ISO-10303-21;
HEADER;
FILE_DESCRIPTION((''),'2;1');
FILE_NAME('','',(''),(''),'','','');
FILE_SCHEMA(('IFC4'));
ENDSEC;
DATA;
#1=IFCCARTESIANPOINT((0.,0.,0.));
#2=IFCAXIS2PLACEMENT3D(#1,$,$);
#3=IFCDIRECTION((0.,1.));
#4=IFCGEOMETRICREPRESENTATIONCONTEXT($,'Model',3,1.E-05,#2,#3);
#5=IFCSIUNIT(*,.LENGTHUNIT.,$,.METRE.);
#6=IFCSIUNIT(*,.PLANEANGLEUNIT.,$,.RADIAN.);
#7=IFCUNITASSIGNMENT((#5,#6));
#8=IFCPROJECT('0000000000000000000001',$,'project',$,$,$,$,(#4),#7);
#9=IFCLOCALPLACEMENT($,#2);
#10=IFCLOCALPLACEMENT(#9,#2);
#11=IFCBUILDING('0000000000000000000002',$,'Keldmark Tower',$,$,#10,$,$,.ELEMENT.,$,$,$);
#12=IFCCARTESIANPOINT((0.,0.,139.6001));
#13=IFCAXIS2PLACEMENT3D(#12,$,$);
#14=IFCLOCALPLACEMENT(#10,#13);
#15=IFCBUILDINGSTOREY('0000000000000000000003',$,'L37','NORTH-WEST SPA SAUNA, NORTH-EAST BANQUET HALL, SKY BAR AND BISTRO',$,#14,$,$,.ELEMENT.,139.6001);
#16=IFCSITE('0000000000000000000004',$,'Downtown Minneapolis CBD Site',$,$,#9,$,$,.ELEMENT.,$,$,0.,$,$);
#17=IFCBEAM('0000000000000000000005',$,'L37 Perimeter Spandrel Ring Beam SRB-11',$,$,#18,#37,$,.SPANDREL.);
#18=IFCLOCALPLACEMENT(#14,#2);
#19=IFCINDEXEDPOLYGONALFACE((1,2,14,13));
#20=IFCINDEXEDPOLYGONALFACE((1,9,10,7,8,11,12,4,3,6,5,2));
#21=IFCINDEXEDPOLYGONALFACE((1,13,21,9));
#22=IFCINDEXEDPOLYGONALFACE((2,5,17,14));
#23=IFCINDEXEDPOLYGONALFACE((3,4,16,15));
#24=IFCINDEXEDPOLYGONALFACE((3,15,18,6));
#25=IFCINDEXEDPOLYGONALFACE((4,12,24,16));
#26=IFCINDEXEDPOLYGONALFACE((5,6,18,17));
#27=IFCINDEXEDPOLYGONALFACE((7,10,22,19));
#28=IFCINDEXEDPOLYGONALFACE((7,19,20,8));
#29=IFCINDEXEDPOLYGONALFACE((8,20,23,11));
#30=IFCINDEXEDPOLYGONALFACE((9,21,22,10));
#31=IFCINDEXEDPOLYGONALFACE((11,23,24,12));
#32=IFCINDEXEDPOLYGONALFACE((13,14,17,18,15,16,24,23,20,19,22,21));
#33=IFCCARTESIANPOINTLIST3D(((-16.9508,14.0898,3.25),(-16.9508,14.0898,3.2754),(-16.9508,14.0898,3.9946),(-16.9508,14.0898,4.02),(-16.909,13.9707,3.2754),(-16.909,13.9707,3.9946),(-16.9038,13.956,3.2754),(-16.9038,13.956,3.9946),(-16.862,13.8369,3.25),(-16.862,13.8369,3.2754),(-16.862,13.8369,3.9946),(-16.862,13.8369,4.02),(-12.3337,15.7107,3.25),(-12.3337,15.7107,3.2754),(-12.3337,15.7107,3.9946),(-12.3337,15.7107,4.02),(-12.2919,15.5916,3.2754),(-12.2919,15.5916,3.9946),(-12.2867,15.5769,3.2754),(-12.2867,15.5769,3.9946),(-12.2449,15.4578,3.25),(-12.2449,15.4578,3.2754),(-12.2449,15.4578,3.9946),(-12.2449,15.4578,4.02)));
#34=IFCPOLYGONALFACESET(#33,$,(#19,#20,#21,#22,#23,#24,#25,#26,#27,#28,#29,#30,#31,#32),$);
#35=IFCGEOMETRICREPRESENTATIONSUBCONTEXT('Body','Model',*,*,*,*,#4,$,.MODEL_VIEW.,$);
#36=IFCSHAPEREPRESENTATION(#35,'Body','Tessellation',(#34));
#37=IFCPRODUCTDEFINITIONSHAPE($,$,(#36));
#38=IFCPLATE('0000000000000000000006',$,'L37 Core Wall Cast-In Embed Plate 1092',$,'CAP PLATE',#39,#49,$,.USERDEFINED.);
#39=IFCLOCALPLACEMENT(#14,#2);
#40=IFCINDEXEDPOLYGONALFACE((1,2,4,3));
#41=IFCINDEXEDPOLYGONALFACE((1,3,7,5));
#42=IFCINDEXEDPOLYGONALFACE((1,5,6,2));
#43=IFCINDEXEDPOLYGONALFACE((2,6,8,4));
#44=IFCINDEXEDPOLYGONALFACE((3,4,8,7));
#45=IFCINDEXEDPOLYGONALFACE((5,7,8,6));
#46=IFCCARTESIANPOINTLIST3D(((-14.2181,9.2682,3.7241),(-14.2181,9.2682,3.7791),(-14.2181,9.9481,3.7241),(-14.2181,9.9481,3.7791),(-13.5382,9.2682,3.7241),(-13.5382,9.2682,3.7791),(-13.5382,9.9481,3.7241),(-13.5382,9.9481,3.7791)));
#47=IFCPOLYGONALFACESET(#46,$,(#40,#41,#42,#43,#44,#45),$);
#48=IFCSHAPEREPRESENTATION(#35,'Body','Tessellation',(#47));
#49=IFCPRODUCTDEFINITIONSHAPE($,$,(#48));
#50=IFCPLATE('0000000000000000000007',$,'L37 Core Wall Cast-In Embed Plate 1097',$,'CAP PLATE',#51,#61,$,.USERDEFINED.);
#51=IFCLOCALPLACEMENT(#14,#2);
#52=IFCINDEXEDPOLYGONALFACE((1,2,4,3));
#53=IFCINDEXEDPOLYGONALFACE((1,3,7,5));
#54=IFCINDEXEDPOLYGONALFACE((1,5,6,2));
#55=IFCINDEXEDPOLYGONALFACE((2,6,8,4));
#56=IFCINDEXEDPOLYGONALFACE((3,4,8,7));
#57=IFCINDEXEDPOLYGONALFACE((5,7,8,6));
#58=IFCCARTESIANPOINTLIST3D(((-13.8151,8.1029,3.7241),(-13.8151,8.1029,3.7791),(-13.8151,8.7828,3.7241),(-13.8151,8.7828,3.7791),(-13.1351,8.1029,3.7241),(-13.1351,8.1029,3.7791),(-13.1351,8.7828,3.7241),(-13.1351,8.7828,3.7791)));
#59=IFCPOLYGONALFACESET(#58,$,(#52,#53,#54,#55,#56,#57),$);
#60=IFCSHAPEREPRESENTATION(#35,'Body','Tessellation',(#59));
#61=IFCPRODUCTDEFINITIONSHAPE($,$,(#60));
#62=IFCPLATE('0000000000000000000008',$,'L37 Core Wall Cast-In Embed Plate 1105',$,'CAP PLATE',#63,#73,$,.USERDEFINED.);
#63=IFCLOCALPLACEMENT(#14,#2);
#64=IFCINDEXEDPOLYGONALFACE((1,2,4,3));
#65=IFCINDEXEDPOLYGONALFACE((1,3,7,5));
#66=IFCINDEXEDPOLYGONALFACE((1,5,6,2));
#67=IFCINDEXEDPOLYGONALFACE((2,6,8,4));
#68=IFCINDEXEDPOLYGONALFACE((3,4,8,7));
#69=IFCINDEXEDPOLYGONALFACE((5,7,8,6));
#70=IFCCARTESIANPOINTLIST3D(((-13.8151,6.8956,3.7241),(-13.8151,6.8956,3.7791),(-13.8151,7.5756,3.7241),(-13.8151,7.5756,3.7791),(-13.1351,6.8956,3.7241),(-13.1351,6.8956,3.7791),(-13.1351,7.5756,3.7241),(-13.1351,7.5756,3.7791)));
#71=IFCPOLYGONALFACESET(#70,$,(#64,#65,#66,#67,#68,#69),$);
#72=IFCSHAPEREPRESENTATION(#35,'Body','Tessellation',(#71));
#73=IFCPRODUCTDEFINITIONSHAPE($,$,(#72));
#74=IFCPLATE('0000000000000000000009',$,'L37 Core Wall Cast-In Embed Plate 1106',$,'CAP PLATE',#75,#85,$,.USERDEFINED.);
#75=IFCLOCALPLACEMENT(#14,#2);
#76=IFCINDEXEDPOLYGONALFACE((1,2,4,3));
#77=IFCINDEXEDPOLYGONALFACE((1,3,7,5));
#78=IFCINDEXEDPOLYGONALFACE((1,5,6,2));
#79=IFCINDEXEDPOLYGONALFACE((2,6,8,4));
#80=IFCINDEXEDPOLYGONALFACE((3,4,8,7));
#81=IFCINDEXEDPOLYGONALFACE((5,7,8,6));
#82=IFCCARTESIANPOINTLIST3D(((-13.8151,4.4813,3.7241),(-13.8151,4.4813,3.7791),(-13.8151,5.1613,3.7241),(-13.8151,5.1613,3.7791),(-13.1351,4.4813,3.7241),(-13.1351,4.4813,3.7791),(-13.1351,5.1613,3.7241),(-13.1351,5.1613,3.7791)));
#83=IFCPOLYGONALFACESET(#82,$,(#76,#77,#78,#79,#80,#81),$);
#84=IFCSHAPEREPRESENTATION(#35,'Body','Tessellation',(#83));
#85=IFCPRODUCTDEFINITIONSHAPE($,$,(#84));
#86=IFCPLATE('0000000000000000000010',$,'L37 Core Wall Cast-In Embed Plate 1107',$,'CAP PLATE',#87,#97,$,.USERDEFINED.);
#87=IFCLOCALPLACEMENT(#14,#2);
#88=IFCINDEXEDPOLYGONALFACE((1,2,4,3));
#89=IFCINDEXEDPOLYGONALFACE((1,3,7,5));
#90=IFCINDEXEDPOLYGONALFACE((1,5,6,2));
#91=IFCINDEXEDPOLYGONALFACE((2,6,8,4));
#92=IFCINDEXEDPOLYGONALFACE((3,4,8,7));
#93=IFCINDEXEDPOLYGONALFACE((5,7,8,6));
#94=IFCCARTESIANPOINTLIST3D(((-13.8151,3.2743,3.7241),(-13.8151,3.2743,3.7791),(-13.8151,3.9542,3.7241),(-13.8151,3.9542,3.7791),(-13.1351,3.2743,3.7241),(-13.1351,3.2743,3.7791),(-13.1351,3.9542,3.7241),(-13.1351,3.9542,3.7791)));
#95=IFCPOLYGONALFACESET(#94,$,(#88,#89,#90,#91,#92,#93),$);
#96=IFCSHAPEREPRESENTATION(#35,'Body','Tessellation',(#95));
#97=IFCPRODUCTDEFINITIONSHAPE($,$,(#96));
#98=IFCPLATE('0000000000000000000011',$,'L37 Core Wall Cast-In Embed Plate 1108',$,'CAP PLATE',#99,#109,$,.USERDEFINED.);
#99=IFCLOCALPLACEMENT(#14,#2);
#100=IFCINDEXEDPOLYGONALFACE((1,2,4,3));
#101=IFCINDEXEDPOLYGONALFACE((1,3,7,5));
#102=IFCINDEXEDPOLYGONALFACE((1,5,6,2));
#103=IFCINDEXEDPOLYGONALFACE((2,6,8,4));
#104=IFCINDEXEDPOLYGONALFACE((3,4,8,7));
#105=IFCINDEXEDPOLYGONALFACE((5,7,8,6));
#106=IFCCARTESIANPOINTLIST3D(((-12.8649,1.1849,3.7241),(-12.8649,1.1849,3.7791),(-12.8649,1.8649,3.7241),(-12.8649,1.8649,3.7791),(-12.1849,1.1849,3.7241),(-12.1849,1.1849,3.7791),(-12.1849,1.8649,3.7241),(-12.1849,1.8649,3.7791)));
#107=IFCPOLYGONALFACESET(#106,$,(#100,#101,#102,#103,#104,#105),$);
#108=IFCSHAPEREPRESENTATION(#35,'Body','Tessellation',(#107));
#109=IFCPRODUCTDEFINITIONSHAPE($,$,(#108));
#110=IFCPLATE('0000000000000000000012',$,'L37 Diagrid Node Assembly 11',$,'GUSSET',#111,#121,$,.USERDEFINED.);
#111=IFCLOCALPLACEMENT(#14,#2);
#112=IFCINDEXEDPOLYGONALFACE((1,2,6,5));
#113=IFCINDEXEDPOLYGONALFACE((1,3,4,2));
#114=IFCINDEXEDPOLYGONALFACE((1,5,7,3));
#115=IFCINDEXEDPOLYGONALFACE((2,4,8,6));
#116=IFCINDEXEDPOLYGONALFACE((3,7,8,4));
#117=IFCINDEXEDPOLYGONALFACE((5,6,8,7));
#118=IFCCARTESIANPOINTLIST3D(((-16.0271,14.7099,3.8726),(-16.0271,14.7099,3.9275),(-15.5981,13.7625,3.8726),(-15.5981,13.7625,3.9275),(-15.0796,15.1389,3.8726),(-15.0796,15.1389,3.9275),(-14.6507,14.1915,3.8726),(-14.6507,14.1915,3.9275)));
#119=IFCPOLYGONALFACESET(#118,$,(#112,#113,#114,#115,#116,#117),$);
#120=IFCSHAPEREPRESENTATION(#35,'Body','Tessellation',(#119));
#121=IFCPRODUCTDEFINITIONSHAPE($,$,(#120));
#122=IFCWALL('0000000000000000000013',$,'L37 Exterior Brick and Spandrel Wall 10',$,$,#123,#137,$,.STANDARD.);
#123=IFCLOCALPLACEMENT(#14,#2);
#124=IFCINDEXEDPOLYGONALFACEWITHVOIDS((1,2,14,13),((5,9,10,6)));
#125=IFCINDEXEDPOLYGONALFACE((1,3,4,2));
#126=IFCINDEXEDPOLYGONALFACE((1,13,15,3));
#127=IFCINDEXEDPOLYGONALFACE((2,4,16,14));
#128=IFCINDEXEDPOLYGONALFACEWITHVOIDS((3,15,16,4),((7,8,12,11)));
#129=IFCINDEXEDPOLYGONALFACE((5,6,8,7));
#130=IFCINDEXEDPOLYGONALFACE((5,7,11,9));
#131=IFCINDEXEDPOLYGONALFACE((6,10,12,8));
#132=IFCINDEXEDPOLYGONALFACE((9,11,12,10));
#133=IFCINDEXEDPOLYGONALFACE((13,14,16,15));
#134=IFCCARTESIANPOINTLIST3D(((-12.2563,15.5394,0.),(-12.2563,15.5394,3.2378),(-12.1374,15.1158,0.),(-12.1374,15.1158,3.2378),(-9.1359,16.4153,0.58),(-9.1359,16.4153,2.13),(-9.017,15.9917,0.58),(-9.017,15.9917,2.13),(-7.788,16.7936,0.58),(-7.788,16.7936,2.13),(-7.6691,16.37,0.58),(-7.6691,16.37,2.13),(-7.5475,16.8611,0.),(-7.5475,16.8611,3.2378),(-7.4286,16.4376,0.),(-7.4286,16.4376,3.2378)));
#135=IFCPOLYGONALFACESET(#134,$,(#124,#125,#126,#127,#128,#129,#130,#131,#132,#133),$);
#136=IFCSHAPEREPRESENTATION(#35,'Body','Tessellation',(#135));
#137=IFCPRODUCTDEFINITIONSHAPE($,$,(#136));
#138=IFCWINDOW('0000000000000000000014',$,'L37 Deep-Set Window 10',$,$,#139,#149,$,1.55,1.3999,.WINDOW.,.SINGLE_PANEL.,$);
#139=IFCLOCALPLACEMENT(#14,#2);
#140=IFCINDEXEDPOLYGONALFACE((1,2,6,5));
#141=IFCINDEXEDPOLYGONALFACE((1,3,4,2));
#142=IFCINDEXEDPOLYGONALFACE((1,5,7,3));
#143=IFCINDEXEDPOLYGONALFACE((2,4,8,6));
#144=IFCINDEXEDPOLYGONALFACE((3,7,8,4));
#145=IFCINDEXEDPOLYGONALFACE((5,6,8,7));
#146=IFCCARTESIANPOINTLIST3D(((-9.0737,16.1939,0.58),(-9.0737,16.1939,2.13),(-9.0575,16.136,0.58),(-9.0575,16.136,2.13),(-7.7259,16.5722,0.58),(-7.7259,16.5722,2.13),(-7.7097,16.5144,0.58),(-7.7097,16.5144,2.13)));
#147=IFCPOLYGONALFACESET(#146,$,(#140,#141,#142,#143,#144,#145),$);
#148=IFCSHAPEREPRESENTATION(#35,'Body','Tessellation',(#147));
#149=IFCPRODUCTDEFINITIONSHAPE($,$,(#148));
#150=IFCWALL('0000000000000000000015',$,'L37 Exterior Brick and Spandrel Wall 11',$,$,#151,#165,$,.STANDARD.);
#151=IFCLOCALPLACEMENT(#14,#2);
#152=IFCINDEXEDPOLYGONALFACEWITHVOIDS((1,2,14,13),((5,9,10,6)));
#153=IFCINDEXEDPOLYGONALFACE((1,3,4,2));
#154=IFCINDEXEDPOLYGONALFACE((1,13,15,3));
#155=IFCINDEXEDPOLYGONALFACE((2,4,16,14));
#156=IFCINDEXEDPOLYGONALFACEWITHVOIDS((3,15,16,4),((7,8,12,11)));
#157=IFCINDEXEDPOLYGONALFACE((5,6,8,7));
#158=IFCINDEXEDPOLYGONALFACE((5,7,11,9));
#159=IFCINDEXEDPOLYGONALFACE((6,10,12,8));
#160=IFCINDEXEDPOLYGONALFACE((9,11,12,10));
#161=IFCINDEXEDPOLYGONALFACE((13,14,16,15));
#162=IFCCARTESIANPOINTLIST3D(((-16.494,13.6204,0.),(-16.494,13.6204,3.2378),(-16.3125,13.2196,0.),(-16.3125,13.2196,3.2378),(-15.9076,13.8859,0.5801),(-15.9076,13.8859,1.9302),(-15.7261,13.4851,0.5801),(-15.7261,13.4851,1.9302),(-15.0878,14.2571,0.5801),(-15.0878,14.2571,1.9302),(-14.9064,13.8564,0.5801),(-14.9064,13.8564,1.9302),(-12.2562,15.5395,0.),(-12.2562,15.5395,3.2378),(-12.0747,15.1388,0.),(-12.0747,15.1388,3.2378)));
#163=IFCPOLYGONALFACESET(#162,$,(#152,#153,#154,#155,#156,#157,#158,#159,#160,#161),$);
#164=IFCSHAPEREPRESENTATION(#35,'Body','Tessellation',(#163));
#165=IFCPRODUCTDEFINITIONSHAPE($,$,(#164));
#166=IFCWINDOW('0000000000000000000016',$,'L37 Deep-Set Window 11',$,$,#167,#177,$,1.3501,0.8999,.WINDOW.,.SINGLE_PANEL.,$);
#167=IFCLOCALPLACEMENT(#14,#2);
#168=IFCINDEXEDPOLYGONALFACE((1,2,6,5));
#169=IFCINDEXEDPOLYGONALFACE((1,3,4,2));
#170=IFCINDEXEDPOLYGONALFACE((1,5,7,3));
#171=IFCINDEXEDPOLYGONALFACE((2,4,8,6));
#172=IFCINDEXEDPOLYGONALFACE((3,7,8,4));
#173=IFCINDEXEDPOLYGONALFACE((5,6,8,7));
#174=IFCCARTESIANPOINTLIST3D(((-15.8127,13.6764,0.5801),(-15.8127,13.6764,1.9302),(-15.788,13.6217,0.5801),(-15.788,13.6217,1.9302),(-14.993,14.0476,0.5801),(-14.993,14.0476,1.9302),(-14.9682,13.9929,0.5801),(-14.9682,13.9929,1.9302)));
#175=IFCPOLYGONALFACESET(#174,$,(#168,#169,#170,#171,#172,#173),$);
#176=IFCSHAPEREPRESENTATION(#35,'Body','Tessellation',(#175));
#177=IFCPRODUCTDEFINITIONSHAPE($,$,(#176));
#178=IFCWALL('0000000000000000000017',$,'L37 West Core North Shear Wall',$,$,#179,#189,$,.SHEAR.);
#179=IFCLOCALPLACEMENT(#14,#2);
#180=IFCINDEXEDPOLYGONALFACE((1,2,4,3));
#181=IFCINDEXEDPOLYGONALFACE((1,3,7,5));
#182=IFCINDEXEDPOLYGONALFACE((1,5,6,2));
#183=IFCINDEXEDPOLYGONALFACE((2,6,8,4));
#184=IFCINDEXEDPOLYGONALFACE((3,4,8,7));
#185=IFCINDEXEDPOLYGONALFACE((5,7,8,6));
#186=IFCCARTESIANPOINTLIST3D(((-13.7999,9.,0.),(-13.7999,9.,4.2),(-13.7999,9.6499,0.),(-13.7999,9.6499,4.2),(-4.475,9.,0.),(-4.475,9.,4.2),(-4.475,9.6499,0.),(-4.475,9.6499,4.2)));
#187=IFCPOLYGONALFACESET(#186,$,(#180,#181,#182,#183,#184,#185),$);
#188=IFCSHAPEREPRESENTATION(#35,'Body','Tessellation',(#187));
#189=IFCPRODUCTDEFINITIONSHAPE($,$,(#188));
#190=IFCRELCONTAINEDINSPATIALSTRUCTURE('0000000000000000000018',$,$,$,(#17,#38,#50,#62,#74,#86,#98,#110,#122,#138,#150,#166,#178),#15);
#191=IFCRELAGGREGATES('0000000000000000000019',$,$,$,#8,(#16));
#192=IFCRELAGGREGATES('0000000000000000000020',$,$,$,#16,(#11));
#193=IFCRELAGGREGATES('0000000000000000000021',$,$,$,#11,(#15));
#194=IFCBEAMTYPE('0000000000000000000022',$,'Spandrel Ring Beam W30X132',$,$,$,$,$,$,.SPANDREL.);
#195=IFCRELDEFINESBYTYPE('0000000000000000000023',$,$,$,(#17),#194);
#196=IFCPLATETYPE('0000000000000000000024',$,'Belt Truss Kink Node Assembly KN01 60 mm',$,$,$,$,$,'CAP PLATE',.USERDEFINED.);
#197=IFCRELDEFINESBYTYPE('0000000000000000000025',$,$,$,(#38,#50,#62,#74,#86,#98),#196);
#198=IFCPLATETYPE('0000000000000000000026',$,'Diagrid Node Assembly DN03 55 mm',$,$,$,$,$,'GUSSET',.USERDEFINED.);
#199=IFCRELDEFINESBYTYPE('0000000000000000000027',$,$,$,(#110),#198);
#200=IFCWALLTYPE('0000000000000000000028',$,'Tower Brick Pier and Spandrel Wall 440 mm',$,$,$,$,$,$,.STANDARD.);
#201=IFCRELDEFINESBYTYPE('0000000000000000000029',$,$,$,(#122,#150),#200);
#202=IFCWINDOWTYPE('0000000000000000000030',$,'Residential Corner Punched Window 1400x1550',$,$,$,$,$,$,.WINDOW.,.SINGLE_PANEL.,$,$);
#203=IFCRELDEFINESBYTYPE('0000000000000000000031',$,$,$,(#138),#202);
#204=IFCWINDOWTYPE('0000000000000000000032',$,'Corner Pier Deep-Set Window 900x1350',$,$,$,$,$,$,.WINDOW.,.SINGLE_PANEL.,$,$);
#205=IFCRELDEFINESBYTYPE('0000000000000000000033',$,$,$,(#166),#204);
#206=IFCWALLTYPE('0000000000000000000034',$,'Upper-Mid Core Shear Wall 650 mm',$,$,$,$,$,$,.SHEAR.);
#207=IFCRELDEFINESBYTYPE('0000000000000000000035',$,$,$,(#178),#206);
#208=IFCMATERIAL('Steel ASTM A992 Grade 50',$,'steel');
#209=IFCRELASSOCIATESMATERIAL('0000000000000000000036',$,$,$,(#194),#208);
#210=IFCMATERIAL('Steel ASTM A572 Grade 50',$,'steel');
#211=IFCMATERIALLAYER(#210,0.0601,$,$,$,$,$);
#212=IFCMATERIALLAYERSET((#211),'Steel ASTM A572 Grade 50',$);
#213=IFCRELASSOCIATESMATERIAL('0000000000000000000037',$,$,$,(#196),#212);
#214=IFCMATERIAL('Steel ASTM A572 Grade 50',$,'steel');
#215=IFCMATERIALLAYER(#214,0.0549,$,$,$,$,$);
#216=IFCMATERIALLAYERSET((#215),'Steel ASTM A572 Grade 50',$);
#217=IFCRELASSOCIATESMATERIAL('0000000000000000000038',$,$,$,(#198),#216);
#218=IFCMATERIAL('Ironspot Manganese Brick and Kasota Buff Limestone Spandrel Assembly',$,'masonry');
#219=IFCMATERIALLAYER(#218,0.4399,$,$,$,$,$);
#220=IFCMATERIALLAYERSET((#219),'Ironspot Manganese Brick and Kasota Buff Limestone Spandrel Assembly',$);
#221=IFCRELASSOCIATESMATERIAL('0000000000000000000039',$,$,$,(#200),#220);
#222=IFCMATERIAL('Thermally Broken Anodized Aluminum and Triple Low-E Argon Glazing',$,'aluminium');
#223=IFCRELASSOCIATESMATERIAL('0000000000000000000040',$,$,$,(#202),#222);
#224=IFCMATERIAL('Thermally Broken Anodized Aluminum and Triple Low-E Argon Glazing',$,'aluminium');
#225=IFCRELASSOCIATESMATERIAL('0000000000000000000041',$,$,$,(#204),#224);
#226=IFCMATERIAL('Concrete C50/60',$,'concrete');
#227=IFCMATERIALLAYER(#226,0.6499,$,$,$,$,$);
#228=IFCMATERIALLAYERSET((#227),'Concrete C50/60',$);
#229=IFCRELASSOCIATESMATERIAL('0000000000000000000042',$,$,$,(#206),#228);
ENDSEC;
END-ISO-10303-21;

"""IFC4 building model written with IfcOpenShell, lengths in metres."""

from ifc_helpers import new_model, si_unit, direction, frame, frame_2d, origin, origin_2d, place, context, subcontext, project, spatial, rectangle, i_section, extrude, material, layer, layer_set, material_profile, profile_set, type_object, element, fill, save


model = new_model("IFC4")

# Units and contexts
model_context = context("Model", 3, precision=1e-05, world=origin(), true_north=direction((0.0, 1.0)))
body_context = subcontext(model_context, "Body", "Model", "MODEL_VIEW")
ifc_project = project(units=[si_unit("LENGTHUNIT", "METRE"), si_unit("PLANEANGLEUNIT", "RADIAN")], contexts=[model_context])

# Site, building, storey
site_placement = place(None, origin())
site = spatial("IfcSite", under=ifc_project, at=site_placement, Name="Downtown Minneapolis CBD Site", CompositionType="ELEMENT", RefElevation=0.0)
building_placement = place(site_placement, origin())
building = spatial("IfcBuilding", under=site, at=building_placement, Name="Keldmark Tower", CompositionType="ELEMENT")
storey_placement = place(building_placement, frame((0.0, 0.0, 139.6001)))
storey = spatial("IfcBuildingStorey", under=building, at=storey_placement, Name="L37", Description="NORTH-WEST SPA SAUNA, NORTH-EAST BANQUET HALL, SKY BAR AND BISTRO", CompositionType="ELEMENT", Elevation=139.6001)

# Beam
ifc_material_1 = material(Name="Steel ASTM A992 Grade 50", Category="steel")
ifc_material_profile_1 = material_profile(ifc_material_1, i_section(OverallWidth=0.2681, OverallDepth=0.77, WebThickness=0.0156, FlangeThickness=0.0254, at=origin_2d()), Name="W30X132")
ifc_profile_set_1 = profile_set([ifc_material_profile_1], Name="Steel ASTM A992 Grade 50")
beam_type_1 = type_object("IfcBeamType", Name="Spandrel Ring Beam W30X132", PredefinedType="SPANDREL", material=ifc_profile_set_1)
beam_1_placement = place(storey_placement, frame((-12.2893, 15.5842, 3.635), z_axis=(-0.943544, -0.331246, 0.0), x_axis=(0.331246, -0.943544, 0.0)))
element("IfcBeam", 1, at=beam_1_placement, inside=storey, type_object=beam_type_1, Name="L37 Perimeter Spandrel Ring Beam SRB-11", PredefinedType="SPANDREL", context=body_context, shape_type="SweptSolid", body=[
    extrude(i_section(OverallWidth=0.2681, OverallDepth=0.77, WebThickness=0.0156, FlangeThickness=0.0254, at=origin_2d()), origin(), (0.0, 0.0, 1.0), 4.8933),
])

# Plates
ifc_material_2 = material(Name="Steel ASTM A572 Grade 50", Category="steel")
ifc_layer_1 = layer(ifc_material_2, 0.0601)
ifc_layer_set_1 = layer_set([ifc_layer_1], Name="Steel ASTM A572 Grade 50")
plate_type_1 = type_object("IfcPlateType", Name="Belt Truss Kink Node Assembly KN01 60 mm", ElementType="CAP PLATE", PredefinedType="USERDEFINED", material=ifc_layer_set_1)
for number, where, z_axis, x_axis, name in (
    (2, (-13.8782, 9.6082, 3.7241), (0.0, 0.0, 1.0), (1.0, 0.0, 0.0), "L37 Core Wall Cast-In Embed Plate 1092"),
    (3, (-13.4751, 8.4429, 3.7241), (0.0, 0.0, 1.0), (1.0, 0.0, 0.0), "L37 Core Wall Cast-In Embed Plate 1097"),
    (4, (-13.4751, 7.2356, 3.7241), (0.0, 0.0, 1.0), (1.0, 0.0, 0.0), "L37 Core Wall Cast-In Embed Plate 1105"),
    (5, (-13.4751, 4.8213, 3.7241), (0.0, 0.0, 1.0), (1.0, 0.0, 0.0), "L37 Core Wall Cast-In Embed Plate 1106"),
    (6, (-13.4751, 3.6143, 3.7241), (0.0, 0.0, 1.0), (1.0, 0.0, 0.0), "L37 Core Wall Cast-In Embed Plate 1107"),
    (7, (-12.5249, 1.5249, 3.7241), (0.0, 0.0, 1.0), (1.0, 0.0, 0.0), "L37 Core Wall Cast-In Embed Plate 1108"),
):
    element("IfcPlate", number, at=place(storey_placement, frame(where, z_axis=z_axis, x_axis=x_axis)), inside=storey, type_object=plate_type_1, Name=name, ObjectType="CAP PLATE", PredefinedType="USERDEFINED", context=body_context, shape_type="SweptSolid", body=[
        extrude(rectangle(XDim=0.6799, YDim=0.6799, at=origin_2d()), origin(), (0.0, 0.0, 1.0), 0.0549),
    ])
ifc_material_3 = material(Name="Steel ASTM A572 Grade 50", Category="steel")
ifc_layer_2 = layer(ifc_material_3, 0.0549)
ifc_layer_set_2 = layer_set([ifc_layer_2], Name="Steel ASTM A572 Grade 50")
plate_type_2 = type_object("IfcPlateType", Name="Diagrid Node Assembly DN03 55 mm", ElementType="GUSSET", PredefinedType="USERDEFINED", material=ifc_layer_set_2)
plate_placement = place(storey_placement, frame((-15.3389, 14.4507, 3.8726), z_axis=(0.0, 0.0, 1.0), x_axis=(-0.910972, -0.412469, 0.0)))
element("IfcPlate", 8, at=plate_placement, inside=storey, type_object=plate_type_2, Name="L37 Diagrid Node Assembly 11", ObjectType="GUSSET", PredefinedType="USERDEFINED", context=body_context, shape_type="SweptSolid", body=[
    extrude(rectangle(XDim=1.04, YDim=1.04, at=origin_2d()), origin(), (0.0, 0.0, 1.0), 0.0549),
])

# Walls, openings, windows
ifc_material_4 = material(Name="Ironspot Manganese Brick and Kasota Buff Limestone Spandrel Assembly", Category="masonry")
ifc_layer_3 = layer(ifc_material_4, 0.4399)
ifc_layer_set_3 = layer_set([ifc_layer_3], Name="Ironspot Manganese Brick and Kasota Buff Limestone Spandrel Assembly")
wall_type_1 = type_object("IfcWallType", Name="Tower Brick Pier and Spandrel Wall 440 mm", PredefinedType="STANDARD", material=ifc_layer_set_3)
wall_1_placement = place(storey_placement, frame((-12.1968, 15.3276, 0.0), z_axis=(0.0, 0.0, 1.0), x_axis=(0.962791, 0.270248, 0.0)))
wall_1 = element("IfcWall", 9, at=wall_1_placement, inside=storey, type_object=wall_type_1, Name="L37 Exterior Brick and Spandrel Wall 10", PredefinedType="STANDARD", context=body_context, shape_type="SweptSolid", body=[
    extrude(rectangle(XDim=4.8909, YDim=0.4399, at=frame_2d((2.4453, 0.0))), origin(), (0.0, 0.0, 1.0), 3.2378),
])
opening_1_placement = place(wall_1_placement, frame((3.241, 0.0, 0.5801)))
opening_1 = element("IfcOpeningElement", 10, at=opening_1_placement, cuts=wall_1, PredefinedType="OPENING", context=body_context, shape_type="SweptSolid", body=[
    extrude(rectangle(XDim=1.3999, YDim=1.55, at=frame_2d((0.7, 0.7749))), frame((0.0, 0.23, 0.0), z_axis=(0.0, -1.0, 0.0), x_axis=(1.0, 0.0, 0.0)), (0.0, 0.0, 1.0), 0.46),
])
ifc_material_5 = material(Name="Thermally Broken Anodized Aluminum and Triple Low-E Argon Glazing", Category="aluminium")
window_type_1 = type_object("IfcWindowType", Name="Residential Corner Punched Window 1400x1550", PartitioningType="SINGLE_PANEL", PredefinedType="WINDOW", material=ifc_material_5)
window_1_placement = place(opening_1_placement, origin())
window_1 = element("IfcWindow", 11, at=window_1_placement, inside=storey, type_object=window_type_1, Name="L37 Deep-Set Window 10", OverallHeight=1.55, OverallWidth=1.3999, PartitioningType="SINGLE_PANEL", PredefinedType="WINDOW", context=body_context, shape_type="SweptSolid", body=[
    extrude(rectangle(XDim=1.3999, YDim=1.55, at=frame_2d((0.7, 0.7749))), frame((0.0, -0.01, 0.0), z_axis=(0.0, -1.0, 0.0), x_axis=(1.0, 0.0, 0.0)), (0.0, 0.0, 1.0), 0.0601),
])
fill(opening_1, window_1)
wall_2_placement = place(storey_placement, frame((-16.4033, 13.4199, 0.0), z_axis=(0.0, 0.0, 1.0), x_axis=(0.910939, 0.412541, 0.0)))
wall_2 = element("IfcWall", 12, at=wall_2_placement, inside=storey, type_object=wall_type_1, Name="L37 Exterior Brick and Spandrel Wall 11", PredefinedType="STANDARD", context=body_context, shape_type="SweptSolid", body=[
    extrude(rectangle(XDim=4.6521, YDim=0.4399, at=frame_2d((2.3262, 0.0))), origin(), (0.0, 0.0, 1.0), 3.2378),
])
opening_2_placement = place(wall_2_placement, frame((0.6438, 0.0, 0.5801)))
opening_2 = element("IfcOpeningElement", 13, at=opening_2_placement, cuts=wall_2, PredefinedType="OPENING", context=body_context, shape_type="SweptSolid", body=[
    extrude(rectangle(XDim=0.8999, YDim=1.3501, at=frame_2d((0.45, 0.675))), frame((0.0, 0.23, 0.0), z_axis=(0.0, -1.0, 0.0), x_axis=(1.0, 0.0, 0.0)), (0.0, 0.0, 1.0), 0.46),
])
ifc_material_6 = material(Name="Thermally Broken Anodized Aluminum and Triple Low-E Argon Glazing", Category="aluminium")
window_type_2 = type_object("IfcWindowType", Name="Corner Pier Deep-Set Window 900x1350", PartitioningType="SINGLE_PANEL", PredefinedType="WINDOW", material=ifc_material_6)
window_2_placement = place(opening_2_placement, origin())
window_2 = element("IfcWindow", 14, at=window_2_placement, inside=storey, type_object=window_type_2, Name="L37 Deep-Set Window 11", OverallHeight=1.3501, OverallWidth=0.8999, PartitioningType="SINGLE_PANEL", PredefinedType="WINDOW", context=body_context, shape_type="SweptSolid", body=[
    extrude(rectangle(XDim=0.8999, YDim=1.3501, at=frame_2d((0.45, 0.675))), frame((0.0, -0.01, 0.0), z_axis=(0.0, -1.0, 0.0), x_axis=(1.0, 0.0, 0.0)), (0.0, 0.0, 1.0), 0.0601),
])
fill(opening_2, window_2)

# Wall
ifc_material_7 = material(Name="Concrete C50/60", Category="concrete")
ifc_layer_4 = layer(ifc_material_7, 0.6499)
ifc_layer_set_4 = layer_set([ifc_layer_4], Name="Concrete C50/60")
wall_type_2 = type_object("IfcWallType", Name="Upper-Mid Core Shear Wall 650 mm", PredefinedType="SHEAR", material=ifc_layer_set_4)
wall_3_placement = place(storey_placement, frame((-13.8, 9.325, 0.0), z_axis=(0.0, 0.0, 1.0), x_axis=(1.0, 0.0, 0.0)))
element("IfcWall", 15, at=wall_3_placement, inside=storey, type_object=wall_type_2, Name="L37 West Core North Shear Wall", PredefinedType="SHEAR", context=body_context, shape_type="SweptSolid", body=[
    extrude(rectangle(XDim=9.325, YDim=0.6499, at=frame_2d((4.6626, 0.0))), origin(), (0.0, 0.0, 1.0), 4.2),
])

save(model, "model.ifc")
